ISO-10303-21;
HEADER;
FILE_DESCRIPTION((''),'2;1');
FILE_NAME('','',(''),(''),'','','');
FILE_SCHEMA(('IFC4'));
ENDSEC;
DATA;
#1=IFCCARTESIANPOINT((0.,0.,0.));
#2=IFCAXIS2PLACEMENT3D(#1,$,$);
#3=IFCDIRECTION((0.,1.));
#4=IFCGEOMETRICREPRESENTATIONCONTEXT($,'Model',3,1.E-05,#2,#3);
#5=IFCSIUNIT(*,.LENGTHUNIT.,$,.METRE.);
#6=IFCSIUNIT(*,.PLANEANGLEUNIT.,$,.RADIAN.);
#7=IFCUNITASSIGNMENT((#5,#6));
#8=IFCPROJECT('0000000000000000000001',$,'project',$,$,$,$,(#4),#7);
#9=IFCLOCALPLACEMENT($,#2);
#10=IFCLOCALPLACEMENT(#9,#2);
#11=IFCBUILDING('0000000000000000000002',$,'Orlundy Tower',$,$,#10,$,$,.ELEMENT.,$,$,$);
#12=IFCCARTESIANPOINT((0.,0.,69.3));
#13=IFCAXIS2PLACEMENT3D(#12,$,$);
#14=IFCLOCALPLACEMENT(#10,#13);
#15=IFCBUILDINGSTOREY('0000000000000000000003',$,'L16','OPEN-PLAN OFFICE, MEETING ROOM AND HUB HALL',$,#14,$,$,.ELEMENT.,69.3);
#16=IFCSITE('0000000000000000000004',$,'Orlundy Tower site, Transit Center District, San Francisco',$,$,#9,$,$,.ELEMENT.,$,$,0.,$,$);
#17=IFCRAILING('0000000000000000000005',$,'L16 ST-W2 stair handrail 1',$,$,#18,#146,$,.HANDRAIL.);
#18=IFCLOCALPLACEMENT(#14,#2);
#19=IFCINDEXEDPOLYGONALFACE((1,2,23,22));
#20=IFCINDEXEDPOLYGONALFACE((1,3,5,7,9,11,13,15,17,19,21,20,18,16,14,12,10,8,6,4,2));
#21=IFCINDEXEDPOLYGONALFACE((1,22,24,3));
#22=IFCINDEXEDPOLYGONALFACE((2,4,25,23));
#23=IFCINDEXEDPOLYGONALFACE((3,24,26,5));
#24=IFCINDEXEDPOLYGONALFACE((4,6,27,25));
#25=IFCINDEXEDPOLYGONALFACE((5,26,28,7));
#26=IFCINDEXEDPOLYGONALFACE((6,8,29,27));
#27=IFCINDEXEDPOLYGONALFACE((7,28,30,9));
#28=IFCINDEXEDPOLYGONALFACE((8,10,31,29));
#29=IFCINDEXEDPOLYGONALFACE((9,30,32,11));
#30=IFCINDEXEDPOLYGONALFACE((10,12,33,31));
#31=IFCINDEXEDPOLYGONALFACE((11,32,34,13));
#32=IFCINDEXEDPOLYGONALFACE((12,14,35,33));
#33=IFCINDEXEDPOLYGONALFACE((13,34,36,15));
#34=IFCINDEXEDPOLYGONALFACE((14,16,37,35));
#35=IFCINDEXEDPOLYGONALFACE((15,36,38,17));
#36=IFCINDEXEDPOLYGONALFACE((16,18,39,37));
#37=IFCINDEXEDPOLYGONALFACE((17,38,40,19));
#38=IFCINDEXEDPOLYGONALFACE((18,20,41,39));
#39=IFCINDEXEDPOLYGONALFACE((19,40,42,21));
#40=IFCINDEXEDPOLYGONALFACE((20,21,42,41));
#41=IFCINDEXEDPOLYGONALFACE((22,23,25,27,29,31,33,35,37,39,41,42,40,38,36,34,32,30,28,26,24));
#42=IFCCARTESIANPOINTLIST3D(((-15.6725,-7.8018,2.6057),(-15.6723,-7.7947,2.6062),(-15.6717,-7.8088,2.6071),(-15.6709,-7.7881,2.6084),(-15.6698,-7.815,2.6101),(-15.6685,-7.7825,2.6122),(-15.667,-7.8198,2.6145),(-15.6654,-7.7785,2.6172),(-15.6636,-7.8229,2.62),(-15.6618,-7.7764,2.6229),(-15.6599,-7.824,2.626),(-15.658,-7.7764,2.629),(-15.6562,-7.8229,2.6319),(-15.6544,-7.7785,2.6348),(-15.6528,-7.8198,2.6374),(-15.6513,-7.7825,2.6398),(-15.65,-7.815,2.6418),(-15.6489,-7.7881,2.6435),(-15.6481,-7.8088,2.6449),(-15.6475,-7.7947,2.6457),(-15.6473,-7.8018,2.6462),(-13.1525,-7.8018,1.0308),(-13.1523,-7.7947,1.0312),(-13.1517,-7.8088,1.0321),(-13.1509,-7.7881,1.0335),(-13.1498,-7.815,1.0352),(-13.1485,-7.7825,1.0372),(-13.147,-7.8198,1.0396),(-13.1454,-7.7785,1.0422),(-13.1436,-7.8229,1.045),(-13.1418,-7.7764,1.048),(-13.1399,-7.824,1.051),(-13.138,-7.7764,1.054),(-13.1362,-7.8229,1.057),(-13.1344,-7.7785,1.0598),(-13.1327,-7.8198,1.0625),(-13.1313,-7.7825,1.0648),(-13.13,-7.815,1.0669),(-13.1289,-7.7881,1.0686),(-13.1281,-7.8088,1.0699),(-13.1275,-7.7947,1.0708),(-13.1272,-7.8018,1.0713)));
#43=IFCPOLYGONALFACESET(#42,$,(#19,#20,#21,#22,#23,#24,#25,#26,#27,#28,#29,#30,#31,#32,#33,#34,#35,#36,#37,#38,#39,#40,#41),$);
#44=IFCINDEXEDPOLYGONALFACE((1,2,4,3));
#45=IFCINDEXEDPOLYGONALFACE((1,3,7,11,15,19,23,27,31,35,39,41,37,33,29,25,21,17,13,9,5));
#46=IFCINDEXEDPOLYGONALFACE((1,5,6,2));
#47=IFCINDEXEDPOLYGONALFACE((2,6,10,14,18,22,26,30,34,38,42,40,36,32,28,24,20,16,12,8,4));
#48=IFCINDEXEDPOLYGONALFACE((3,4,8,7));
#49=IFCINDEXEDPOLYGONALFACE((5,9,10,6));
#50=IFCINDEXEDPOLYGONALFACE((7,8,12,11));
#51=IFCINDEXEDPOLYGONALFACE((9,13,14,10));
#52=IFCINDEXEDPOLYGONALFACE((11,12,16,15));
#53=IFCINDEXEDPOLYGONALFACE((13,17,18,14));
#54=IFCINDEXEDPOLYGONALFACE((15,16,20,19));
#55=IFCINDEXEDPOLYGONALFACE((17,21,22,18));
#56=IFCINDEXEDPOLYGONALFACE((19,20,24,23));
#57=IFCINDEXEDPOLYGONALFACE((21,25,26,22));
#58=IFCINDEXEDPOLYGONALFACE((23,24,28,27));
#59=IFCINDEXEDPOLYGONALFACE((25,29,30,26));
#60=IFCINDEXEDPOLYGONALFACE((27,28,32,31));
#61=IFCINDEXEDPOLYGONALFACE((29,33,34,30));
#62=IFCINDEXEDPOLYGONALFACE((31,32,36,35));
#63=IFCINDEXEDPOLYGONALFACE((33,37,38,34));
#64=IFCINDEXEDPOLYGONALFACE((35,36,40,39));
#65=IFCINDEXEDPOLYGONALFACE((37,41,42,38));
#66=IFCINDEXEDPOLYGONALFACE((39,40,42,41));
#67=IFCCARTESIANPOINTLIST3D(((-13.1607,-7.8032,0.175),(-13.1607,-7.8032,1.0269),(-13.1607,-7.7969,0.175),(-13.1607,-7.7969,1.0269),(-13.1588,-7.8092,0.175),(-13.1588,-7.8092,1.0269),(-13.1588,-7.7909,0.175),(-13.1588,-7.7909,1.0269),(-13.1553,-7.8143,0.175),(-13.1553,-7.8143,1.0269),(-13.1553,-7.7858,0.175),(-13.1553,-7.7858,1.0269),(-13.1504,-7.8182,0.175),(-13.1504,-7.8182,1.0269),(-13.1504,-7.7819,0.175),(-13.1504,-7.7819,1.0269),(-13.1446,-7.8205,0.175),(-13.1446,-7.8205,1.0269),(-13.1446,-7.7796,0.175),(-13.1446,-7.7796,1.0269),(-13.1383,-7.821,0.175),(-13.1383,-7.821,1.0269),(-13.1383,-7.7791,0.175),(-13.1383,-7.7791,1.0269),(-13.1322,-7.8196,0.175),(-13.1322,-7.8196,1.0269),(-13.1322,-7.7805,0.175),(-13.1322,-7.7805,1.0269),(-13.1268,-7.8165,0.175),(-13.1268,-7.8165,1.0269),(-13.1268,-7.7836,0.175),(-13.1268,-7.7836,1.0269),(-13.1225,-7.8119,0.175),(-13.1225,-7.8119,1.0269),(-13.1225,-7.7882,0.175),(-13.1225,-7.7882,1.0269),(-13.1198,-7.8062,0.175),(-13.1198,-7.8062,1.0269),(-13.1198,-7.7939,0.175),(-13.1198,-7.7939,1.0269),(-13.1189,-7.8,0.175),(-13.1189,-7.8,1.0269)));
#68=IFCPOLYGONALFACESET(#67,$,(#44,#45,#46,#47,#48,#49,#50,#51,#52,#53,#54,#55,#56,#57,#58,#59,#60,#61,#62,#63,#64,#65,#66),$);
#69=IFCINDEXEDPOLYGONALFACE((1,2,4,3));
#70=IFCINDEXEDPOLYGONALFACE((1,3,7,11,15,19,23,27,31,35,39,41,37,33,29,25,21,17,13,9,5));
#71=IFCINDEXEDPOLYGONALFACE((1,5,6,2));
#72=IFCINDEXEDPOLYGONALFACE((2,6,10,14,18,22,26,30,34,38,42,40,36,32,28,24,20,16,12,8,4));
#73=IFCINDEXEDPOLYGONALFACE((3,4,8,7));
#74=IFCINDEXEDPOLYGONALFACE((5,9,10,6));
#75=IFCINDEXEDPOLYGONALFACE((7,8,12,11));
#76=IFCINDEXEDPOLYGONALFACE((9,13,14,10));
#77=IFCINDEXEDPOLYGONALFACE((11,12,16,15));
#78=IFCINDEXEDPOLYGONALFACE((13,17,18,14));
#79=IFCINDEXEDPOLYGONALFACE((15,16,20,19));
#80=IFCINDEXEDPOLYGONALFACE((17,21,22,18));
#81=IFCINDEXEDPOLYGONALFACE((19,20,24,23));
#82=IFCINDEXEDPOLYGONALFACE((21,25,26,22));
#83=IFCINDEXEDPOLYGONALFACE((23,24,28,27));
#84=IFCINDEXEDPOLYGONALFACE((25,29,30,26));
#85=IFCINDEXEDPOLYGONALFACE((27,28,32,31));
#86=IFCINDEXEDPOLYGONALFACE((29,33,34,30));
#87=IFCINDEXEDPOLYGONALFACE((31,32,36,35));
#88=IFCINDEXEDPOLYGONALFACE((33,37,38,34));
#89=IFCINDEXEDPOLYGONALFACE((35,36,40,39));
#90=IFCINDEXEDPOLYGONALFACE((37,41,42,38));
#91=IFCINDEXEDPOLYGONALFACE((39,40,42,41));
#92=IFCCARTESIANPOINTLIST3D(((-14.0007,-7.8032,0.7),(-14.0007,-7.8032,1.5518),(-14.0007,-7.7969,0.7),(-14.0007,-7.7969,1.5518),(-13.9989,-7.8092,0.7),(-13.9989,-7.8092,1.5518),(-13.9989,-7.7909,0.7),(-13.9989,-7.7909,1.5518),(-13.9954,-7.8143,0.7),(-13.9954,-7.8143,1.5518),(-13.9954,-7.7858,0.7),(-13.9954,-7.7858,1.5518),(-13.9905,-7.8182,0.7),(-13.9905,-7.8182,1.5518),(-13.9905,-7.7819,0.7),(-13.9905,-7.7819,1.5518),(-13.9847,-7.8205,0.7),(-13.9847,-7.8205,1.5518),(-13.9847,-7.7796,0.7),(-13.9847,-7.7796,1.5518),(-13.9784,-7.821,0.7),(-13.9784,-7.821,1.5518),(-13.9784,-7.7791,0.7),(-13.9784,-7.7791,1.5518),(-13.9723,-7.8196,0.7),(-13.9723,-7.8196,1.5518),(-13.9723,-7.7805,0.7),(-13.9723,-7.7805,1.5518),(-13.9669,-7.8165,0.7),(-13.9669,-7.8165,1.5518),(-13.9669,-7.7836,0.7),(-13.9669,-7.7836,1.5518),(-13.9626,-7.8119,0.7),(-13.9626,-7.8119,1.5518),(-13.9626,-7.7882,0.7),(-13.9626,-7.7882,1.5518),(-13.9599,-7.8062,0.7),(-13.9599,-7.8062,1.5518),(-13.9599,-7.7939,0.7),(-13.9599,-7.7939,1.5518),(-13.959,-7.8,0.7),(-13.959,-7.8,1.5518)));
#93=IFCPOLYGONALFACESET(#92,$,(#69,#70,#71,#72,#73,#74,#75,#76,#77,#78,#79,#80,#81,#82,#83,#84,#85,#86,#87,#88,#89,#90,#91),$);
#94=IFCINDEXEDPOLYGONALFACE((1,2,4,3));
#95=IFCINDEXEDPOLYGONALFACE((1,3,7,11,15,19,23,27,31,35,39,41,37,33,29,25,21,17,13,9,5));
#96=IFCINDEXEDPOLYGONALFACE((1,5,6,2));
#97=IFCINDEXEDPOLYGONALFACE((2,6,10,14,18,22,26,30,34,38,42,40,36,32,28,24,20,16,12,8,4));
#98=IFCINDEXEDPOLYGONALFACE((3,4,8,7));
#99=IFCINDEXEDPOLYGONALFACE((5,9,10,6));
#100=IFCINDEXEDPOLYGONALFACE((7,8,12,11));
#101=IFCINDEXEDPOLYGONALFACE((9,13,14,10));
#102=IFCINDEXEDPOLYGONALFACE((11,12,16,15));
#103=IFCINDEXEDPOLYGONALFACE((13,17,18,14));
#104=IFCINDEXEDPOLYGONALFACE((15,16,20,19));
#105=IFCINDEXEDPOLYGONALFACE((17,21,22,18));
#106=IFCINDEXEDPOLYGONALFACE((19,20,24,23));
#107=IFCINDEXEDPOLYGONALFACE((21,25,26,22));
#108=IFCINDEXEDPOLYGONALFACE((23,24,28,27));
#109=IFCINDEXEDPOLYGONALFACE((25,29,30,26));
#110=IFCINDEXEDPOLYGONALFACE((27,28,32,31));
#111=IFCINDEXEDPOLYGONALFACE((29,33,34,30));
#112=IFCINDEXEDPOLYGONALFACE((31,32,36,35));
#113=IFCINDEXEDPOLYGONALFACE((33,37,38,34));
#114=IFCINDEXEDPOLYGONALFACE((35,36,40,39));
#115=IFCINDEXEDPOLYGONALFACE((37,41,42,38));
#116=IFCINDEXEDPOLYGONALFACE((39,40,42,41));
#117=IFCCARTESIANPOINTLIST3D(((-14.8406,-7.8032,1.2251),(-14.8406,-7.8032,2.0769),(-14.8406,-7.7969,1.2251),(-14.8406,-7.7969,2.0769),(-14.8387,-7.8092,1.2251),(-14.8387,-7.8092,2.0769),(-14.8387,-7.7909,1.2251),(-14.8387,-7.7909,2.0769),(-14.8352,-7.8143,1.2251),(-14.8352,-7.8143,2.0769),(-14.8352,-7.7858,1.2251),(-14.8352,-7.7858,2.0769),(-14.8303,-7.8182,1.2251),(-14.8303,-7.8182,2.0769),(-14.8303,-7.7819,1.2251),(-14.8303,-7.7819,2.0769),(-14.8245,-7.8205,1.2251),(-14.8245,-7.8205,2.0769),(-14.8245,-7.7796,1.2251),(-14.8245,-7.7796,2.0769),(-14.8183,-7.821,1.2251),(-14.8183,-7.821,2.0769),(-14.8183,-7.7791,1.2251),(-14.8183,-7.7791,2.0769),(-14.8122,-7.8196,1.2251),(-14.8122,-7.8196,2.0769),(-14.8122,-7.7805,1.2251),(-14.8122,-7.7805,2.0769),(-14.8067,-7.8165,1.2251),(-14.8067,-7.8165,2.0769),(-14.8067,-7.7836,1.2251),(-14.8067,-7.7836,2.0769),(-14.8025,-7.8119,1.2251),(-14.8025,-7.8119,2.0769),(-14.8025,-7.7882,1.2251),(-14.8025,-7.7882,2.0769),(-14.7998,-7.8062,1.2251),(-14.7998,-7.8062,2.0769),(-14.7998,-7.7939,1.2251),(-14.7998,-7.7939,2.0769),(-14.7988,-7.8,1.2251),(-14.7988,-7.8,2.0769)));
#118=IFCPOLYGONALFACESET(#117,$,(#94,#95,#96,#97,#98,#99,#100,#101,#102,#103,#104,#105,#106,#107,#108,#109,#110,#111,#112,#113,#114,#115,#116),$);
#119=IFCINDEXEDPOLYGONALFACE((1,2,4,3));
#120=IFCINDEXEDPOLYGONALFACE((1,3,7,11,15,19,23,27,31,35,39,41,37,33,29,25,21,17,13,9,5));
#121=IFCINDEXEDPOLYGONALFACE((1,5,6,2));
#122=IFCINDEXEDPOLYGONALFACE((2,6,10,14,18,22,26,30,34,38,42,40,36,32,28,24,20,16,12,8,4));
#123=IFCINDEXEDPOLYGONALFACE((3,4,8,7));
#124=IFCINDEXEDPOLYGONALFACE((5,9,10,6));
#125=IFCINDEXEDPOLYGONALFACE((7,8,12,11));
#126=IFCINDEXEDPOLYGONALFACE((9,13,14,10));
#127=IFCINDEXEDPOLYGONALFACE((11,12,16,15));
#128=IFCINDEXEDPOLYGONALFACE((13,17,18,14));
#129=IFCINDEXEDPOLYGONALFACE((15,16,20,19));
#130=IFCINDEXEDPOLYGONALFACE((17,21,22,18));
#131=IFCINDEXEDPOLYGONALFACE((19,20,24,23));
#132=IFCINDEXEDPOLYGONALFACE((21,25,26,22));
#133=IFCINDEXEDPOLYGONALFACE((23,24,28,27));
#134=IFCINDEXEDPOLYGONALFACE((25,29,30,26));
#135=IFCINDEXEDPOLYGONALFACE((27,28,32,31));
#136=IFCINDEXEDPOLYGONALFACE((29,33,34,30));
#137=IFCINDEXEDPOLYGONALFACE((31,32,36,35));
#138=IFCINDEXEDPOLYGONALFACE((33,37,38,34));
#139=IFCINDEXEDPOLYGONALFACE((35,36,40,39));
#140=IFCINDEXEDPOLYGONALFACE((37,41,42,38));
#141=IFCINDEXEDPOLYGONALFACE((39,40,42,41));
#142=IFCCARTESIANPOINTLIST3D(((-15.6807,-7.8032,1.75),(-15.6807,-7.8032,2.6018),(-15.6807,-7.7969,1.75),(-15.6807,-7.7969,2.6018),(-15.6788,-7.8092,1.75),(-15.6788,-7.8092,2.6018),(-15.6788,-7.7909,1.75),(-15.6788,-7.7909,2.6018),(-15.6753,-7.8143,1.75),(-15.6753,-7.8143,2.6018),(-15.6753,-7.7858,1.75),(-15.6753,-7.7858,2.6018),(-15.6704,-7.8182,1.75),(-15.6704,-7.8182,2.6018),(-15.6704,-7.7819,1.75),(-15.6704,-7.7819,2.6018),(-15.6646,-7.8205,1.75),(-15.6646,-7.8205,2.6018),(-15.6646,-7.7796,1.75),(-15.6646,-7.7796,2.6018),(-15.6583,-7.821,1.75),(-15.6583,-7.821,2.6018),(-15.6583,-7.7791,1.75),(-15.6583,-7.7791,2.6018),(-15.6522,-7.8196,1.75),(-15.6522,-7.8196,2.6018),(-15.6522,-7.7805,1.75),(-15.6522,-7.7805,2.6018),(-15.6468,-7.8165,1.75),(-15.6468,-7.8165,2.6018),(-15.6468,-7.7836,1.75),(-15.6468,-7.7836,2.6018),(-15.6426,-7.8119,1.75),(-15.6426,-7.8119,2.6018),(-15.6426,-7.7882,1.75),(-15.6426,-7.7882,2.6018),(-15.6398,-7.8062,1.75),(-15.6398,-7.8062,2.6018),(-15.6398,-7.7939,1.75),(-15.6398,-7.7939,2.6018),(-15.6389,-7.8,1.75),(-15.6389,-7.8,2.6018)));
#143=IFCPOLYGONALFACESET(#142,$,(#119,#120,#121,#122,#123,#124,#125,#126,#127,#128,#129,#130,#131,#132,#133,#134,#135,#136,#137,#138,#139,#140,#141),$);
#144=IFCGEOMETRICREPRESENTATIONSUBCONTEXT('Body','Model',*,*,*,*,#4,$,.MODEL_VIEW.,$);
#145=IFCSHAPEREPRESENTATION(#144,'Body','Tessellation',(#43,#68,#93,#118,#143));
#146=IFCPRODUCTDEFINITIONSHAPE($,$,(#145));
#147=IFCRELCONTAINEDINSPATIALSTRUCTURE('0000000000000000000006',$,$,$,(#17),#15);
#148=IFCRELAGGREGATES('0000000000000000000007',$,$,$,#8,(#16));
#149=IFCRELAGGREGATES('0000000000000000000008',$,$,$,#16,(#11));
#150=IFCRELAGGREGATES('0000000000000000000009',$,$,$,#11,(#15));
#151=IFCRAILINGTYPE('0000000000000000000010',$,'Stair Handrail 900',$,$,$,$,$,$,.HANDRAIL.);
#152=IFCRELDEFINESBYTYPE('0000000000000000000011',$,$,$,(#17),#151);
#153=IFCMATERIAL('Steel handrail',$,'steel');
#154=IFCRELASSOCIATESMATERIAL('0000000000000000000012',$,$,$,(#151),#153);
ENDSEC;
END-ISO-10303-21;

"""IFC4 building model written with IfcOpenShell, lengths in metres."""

from ifc_helpers import new_model, si_unit, direction, frame, origin, origin_2d, place, context, subcontext, project, spatial, circle, extrude, material, type_object, element, save


model = new_model("IFC4")

# Units and contexts
model_context = context("Model", 3, precision=1e-05, world=origin(), true_north=direction((0.0, 1.0)))
body_context = subcontext(model_context, "Body", "Model", "MODEL_VIEW")
ifc_project = project(units=[si_unit("LENGTHUNIT", "METRE"), si_unit("PLANEANGLEUNIT", "RADIAN")], contexts=[model_context])

# Site, building, storey
site_placement = place(None, origin())
site = spatial("IfcSite", under=ifc_project, at=site_placement, Name="Orlundy Tower site, Transit Center District, San Francisco", CompositionType="ELEMENT", RefElevation=0.0)
building_placement = place(site_placement, origin())
building = spatial("IfcBuilding", under=site, at=building_placement, Name="Orlundy Tower", CompositionType="ELEMENT")
storey_placement = place(building_placement, frame((0.0, 0.0, 69.3)))
storey = spatial("IfcBuildingStorey", under=building, at=storey_placement, Name="L16", Description="OPEN-PLAN OFFICE, MEETING ROOM AND HUB HALL", CompositionType="ELEMENT", Elevation=69.3)

# Railing
ifc_material_1 = material(Name="Steel handrail", Category="steel")
railing_type_1 = type_object("IfcRailingType", Name="Stair Handrail 900", PredefinedType="HANDRAIL", material=ifc_material_1)
railing_1_placement = place(storey_placement, frame((-13.1399, -7.8, 0.175)))
element("IfcRailing", 1, at=railing_1_placement, inside=storey, type_object=railing_type_1, Name="L16 ST-W2 stair handrail 1", PredefinedType="HANDRAIL", context=body_context, shape_type="SweptSolid", body=[
    extrude(circle(Radius=0.0239, at=origin_2d()), frame((0.0, 0.0, 0.876), z_axis=(-0.848008, 0.0, 0.529984), x_axis=(0.0, -1.0, 0.0)), (0.0, 0.0, 1.0), 2.9717),
    extrude(circle(Radius=0.021, at=origin_2d()), origin(), (0.0, 0.0, 1.0), 0.8518),
    extrude(circle(Radius=0.021, at=origin_2d()), frame((-0.8401, 0.0, 0.5249)), (0.0, 0.0, 1.0), 0.8518),
    extrude(circle(Radius=0.021, at=origin_2d()), frame((-1.6799, 0.0, 1.05)), (0.0, 0.0, 1.0), 0.8518),
    extrude(circle(Radius=0.021, at=origin_2d()), frame((-2.52, 0.0, 1.575)), (0.0, 0.0, 1.0), 0.8518),
])

save(model, "model.ifc")
